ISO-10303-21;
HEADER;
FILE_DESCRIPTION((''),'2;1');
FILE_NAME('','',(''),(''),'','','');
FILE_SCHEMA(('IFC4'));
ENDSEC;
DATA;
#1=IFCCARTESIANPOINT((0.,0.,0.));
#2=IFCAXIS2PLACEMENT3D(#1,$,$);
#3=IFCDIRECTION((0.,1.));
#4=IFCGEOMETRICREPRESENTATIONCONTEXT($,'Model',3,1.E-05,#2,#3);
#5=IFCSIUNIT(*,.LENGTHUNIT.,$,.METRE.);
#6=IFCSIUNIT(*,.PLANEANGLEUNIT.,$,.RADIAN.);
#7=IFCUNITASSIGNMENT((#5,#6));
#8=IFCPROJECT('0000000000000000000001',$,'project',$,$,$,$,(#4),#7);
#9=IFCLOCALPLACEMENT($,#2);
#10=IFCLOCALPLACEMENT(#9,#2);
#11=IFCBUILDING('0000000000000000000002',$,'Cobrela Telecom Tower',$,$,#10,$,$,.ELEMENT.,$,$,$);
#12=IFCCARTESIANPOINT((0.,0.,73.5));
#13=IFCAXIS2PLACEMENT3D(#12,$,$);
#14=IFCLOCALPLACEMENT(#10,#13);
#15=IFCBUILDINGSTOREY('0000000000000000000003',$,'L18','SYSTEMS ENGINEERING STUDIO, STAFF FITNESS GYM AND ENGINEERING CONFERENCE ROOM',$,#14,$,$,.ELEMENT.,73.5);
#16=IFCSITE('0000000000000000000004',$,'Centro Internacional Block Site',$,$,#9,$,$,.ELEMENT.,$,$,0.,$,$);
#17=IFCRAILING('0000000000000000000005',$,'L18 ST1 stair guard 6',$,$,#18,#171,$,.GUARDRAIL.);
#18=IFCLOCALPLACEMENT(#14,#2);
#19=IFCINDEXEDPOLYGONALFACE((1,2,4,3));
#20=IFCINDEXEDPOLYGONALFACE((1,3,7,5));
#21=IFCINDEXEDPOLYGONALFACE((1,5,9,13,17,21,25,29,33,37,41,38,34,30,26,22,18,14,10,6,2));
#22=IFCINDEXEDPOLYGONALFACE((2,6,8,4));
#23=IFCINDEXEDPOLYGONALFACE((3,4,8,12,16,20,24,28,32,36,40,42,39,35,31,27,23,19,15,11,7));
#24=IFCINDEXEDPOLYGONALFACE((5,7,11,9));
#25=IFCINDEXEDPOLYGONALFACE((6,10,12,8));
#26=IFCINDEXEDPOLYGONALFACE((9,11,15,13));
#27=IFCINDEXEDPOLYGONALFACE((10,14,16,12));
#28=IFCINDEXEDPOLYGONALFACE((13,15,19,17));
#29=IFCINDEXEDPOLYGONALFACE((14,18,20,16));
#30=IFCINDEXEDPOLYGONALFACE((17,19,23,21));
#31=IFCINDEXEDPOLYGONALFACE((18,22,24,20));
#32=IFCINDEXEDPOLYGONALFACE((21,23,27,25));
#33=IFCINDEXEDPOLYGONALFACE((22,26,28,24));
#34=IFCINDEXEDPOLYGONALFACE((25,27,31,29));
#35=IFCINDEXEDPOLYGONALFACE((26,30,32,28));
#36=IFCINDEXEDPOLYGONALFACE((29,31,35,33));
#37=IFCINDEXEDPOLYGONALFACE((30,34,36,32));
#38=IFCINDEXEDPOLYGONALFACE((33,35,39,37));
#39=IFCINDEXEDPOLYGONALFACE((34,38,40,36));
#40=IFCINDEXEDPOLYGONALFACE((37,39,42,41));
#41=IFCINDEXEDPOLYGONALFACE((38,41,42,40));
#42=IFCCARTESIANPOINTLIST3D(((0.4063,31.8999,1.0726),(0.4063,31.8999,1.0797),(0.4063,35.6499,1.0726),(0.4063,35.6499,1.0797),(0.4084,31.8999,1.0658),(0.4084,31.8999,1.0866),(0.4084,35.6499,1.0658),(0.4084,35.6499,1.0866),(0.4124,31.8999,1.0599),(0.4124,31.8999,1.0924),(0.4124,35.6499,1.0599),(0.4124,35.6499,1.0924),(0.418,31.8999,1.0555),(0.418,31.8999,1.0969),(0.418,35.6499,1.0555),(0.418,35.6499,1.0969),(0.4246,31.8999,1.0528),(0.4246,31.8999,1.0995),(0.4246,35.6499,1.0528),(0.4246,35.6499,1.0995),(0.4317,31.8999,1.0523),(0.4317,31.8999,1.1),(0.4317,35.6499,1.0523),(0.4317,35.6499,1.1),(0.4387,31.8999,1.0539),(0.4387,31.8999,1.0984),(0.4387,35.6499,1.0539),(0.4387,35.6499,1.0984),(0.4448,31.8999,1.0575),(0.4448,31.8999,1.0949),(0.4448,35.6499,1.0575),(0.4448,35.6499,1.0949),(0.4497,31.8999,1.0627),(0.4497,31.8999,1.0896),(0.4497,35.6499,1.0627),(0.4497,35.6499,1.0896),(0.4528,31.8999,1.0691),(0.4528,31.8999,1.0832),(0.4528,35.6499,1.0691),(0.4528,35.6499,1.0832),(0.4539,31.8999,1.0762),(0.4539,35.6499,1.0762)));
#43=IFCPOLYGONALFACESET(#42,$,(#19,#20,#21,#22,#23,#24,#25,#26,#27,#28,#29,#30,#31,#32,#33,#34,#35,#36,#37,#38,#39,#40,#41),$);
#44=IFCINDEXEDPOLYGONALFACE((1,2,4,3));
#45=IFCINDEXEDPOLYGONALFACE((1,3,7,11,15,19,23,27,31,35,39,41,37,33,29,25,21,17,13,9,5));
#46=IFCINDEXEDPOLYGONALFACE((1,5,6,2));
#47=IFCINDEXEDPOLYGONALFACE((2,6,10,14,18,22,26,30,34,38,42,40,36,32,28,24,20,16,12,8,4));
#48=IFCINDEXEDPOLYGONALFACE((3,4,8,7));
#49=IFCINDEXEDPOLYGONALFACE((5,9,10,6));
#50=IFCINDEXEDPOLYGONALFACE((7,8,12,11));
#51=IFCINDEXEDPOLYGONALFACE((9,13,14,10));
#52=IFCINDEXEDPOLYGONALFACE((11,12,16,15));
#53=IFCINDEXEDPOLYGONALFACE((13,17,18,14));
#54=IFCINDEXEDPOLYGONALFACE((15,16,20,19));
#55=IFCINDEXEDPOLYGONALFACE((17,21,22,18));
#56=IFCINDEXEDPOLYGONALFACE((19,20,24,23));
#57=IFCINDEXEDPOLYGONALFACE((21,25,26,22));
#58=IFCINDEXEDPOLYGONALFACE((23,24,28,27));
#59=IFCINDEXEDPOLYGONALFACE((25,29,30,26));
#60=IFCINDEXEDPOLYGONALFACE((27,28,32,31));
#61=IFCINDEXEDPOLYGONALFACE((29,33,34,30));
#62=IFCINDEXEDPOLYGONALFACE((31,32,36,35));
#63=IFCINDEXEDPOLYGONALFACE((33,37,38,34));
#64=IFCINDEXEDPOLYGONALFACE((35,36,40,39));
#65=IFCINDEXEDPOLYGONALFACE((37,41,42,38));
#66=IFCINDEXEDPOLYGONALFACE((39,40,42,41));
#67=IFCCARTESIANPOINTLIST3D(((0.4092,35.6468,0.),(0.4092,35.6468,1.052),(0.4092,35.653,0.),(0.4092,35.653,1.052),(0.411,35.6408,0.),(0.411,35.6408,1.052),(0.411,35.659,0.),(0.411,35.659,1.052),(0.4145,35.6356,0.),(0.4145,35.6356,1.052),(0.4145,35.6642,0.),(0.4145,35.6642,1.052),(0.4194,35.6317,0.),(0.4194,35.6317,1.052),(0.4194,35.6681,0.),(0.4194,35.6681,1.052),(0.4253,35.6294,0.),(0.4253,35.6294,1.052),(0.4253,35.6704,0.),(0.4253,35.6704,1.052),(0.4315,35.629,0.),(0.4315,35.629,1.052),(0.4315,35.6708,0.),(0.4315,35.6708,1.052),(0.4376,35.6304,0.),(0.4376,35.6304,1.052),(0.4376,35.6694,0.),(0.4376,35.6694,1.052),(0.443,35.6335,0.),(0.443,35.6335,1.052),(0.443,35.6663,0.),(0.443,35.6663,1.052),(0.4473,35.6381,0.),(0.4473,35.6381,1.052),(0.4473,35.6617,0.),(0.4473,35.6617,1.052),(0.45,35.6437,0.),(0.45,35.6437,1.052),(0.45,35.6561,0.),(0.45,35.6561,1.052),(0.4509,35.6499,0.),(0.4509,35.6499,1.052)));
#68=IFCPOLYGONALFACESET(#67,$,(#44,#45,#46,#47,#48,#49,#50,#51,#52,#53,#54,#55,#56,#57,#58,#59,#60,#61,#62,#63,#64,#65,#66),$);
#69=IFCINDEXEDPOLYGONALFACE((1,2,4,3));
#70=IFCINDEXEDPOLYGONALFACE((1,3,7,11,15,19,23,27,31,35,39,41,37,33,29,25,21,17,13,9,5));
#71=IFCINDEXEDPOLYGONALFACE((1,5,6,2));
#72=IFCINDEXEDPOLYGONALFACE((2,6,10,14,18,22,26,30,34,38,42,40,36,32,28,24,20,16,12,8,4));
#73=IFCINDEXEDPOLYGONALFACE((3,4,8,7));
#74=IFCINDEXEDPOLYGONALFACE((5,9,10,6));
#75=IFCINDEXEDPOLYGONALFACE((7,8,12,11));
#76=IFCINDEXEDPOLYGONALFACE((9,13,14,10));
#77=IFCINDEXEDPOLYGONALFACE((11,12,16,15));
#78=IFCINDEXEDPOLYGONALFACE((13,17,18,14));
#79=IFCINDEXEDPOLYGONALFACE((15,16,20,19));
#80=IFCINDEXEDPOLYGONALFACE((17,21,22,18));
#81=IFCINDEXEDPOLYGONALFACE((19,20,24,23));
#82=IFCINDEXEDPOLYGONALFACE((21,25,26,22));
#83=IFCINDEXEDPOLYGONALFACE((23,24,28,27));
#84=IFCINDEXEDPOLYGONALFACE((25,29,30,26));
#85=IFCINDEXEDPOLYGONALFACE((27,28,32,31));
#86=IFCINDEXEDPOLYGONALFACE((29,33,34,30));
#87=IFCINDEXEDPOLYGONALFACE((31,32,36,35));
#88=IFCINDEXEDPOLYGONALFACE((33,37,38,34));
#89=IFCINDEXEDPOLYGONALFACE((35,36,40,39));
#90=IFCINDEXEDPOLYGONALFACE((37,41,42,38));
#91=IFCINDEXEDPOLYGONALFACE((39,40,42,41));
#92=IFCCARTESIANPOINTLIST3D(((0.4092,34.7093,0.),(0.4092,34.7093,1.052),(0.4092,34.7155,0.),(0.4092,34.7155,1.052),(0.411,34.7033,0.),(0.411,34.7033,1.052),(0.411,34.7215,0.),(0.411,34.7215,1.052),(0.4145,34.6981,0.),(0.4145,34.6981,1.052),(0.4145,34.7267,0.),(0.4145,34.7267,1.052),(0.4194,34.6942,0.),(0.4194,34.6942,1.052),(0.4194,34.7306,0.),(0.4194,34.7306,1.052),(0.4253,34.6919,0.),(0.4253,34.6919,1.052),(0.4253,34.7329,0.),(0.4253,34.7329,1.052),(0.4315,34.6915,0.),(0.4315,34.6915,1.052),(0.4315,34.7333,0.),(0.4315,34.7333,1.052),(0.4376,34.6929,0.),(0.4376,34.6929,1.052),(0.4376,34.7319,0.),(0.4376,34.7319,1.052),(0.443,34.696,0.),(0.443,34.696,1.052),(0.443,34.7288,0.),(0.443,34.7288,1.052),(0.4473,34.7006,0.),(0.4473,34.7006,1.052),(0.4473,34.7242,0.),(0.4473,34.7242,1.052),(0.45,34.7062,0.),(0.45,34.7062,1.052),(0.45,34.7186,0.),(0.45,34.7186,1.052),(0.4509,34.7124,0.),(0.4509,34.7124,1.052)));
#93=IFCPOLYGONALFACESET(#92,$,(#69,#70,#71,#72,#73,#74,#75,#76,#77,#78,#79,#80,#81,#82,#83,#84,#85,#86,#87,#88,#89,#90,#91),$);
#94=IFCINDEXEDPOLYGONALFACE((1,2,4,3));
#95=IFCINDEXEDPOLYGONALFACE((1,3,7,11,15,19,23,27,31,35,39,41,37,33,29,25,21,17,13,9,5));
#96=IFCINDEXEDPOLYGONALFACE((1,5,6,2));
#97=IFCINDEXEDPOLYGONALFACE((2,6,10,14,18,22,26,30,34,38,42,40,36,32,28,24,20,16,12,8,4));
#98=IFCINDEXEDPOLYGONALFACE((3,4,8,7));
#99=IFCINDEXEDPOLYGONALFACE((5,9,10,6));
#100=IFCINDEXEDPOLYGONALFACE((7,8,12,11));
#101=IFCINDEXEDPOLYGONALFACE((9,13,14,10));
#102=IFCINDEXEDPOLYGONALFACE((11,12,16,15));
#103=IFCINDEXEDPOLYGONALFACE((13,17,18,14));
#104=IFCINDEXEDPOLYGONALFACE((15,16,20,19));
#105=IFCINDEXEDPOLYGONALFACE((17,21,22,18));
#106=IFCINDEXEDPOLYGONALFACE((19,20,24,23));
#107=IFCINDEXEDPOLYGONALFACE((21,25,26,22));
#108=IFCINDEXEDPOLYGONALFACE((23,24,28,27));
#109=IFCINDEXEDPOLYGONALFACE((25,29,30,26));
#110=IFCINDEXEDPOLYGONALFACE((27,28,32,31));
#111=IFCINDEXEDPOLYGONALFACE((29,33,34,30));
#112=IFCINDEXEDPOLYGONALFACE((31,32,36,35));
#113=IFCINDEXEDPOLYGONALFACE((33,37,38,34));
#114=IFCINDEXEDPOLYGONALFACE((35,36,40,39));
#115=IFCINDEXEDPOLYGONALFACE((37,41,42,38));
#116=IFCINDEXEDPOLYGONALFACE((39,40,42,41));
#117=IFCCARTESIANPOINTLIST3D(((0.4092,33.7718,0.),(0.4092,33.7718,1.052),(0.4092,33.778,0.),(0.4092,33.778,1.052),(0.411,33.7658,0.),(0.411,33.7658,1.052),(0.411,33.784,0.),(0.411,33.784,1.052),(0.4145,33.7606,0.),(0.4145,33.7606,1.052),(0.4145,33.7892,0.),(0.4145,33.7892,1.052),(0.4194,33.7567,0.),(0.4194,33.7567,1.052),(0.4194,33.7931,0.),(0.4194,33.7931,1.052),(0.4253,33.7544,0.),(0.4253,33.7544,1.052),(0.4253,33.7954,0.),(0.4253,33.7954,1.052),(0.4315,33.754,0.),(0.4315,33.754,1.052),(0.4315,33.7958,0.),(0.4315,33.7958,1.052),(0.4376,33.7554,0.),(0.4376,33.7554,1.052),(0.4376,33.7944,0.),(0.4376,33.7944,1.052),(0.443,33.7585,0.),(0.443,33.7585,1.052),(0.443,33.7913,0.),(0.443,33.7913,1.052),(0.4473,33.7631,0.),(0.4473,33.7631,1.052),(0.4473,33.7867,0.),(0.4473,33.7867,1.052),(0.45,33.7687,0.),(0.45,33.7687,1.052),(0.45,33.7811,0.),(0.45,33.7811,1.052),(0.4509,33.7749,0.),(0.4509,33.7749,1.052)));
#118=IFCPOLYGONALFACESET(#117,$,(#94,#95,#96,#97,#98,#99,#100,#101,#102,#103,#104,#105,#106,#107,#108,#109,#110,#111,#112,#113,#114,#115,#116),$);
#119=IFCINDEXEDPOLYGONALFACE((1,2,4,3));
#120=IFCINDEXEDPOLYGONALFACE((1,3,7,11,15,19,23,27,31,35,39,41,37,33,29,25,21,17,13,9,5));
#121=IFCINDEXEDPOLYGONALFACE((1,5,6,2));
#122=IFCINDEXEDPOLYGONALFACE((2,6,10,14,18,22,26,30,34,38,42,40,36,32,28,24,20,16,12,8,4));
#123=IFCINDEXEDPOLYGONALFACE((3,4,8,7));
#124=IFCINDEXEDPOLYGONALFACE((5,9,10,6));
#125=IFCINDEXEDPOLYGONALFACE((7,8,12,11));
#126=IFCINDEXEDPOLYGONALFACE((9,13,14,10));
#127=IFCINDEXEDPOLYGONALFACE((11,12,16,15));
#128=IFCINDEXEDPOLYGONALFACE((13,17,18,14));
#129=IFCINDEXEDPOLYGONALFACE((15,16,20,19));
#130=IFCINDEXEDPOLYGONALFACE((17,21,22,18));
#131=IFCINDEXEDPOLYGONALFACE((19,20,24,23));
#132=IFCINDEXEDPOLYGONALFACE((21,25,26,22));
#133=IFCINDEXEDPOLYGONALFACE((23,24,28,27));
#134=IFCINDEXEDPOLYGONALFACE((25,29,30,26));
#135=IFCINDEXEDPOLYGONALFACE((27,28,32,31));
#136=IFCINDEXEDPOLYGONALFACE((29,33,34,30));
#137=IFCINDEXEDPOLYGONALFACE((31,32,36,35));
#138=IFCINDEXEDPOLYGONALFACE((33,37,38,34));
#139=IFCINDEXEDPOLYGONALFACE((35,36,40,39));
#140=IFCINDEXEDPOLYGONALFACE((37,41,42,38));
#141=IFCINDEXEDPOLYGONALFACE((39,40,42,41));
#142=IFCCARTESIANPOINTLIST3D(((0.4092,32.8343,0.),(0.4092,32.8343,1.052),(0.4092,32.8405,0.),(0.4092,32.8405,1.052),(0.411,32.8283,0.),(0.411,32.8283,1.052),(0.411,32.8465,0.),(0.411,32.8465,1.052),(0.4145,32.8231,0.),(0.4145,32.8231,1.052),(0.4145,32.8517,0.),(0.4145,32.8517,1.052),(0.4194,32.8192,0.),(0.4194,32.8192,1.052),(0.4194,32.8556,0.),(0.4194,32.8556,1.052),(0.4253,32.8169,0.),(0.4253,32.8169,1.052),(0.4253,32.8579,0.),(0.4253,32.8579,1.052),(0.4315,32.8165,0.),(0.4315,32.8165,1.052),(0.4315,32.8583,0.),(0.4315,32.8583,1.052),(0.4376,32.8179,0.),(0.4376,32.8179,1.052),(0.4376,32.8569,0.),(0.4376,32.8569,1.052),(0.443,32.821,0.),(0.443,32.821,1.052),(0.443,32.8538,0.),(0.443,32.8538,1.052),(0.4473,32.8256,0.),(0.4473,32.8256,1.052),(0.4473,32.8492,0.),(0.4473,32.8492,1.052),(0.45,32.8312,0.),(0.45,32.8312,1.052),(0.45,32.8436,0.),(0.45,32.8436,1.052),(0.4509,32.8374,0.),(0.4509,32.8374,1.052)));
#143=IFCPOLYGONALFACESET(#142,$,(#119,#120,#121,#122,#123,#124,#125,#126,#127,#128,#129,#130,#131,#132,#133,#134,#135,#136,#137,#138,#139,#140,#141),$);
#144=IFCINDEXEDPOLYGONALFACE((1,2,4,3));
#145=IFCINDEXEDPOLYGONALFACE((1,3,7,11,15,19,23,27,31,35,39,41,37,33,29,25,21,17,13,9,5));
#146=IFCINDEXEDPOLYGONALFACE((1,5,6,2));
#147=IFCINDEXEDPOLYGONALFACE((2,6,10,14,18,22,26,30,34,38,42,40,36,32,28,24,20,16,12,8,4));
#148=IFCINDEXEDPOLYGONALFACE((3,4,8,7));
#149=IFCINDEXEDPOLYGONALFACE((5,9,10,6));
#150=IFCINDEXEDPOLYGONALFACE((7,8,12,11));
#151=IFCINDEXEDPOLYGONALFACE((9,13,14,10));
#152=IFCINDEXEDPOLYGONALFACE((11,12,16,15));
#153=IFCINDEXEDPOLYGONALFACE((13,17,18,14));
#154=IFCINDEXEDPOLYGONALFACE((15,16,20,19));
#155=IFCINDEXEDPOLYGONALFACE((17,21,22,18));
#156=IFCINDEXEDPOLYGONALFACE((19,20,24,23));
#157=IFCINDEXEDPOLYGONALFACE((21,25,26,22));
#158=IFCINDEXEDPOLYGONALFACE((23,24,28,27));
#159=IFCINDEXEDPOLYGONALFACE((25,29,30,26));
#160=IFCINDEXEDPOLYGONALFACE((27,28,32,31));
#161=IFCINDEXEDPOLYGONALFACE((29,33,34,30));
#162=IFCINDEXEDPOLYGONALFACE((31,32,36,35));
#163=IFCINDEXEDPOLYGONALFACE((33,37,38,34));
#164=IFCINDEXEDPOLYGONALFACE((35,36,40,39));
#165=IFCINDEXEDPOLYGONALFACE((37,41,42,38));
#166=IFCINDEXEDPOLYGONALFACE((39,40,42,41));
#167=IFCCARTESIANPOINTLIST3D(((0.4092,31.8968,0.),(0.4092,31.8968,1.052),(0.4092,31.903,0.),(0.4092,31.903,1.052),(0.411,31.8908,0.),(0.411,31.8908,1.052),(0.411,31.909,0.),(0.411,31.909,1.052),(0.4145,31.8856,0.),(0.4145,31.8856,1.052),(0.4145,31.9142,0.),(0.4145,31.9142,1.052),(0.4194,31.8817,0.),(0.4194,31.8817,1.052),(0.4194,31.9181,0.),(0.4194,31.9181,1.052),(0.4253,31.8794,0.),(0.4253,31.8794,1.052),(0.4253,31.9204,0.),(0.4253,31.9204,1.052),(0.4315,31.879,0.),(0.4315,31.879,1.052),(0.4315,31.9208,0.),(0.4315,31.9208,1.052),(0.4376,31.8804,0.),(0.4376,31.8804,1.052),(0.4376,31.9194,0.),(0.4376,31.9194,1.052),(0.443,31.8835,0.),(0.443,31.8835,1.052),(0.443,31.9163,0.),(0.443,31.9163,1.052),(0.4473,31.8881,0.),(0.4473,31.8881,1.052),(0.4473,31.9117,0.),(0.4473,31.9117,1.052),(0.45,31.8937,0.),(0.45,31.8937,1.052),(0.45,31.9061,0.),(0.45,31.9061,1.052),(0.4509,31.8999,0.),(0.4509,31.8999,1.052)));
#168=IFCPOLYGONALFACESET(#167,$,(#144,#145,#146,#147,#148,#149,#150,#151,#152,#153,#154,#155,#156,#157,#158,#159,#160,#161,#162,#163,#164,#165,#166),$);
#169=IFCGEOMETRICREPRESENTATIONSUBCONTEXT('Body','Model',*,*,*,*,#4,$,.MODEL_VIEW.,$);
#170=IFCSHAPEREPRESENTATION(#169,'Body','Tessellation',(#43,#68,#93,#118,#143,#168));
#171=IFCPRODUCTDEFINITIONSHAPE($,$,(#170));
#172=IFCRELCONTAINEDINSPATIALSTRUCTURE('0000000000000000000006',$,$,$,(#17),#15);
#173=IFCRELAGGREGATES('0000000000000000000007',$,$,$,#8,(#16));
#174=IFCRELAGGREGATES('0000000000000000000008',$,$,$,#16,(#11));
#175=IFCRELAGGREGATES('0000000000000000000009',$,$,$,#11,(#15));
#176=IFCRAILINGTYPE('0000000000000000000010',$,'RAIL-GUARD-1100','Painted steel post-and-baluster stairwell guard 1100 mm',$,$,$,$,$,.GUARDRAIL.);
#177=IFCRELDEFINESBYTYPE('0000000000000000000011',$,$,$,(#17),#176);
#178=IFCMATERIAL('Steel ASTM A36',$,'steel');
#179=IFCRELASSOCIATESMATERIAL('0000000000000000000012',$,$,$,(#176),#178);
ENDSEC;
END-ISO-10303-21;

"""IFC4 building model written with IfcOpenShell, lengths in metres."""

from ifc_helpers import new_model, si_unit, direction, frame, origin, origin_2d, place, context, subcontext, project, spatial, circle, extrude, material, type_object, element, save


model = new_model("IFC4")

# Units and contexts
model_context = context("Model", 3, precision=1e-05, world=origin(), true_north=direction((0.0, 1.0)))
body_context = subcontext(model_context, "Body", "Model", "MODEL_VIEW")
ifc_project = project(units=[si_unit("LENGTHUNIT", "METRE"), si_unit("PLANEANGLEUNIT", "RADIAN")], contexts=[model_context])

# Site, building, storey
site_placement = place(None, origin())
site = spatial("IfcSite", under=ifc_project, at=site_placement, Name="Centro Internacional Block Site", CompositionType="ELEMENT", RefElevation=0.0)
building_placement = place(site_placement, origin())
building = spatial("IfcBuilding", under=site, at=building_placement, Name="Cobrela Telecom Tower", CompositionType="ELEMENT")
storey_placement = place(building_placement, frame((0.0, 0.0, 73.5)))
storey = spatial("IfcBuildingStorey", under=building, at=storey_placement, Name="L18", Description="SYSTEMS ENGINEERING STUDIO, STAFF FITNESS GYM AND ENGINEERING CONFERENCE ROOM", CompositionType="ELEMENT", Elevation=73.5)

# Shared definitions
ifc_material_1 = material(Name="Steel ASTM A36", Category="steel")

# Railing
railing_type_1 = type_object("IfcRailingType", Name="RAIL-GUARD-1100", Description="Painted steel post-and-baluster stairwell guard 1100 mm", PredefinedType="GUARDRAIL", material=ifc_material_1)
railing_1_placement = place(storey_placement, frame((0.4299, 35.6499, 0.0)))
element("IfcRailing", 1, at=railing_1_placement, inside=storey, type_object=railing_type_1, Name="L18 ST1 stair guard 6", PredefinedType="GUARDRAIL", context=body_context, shape_type="SweptSolid", body=[
    extrude(circle(Radius=0.0239, at=origin_2d()), frame((0.0, 0.0, 1.0762), z_axis=(0.0, -1.0, 0.0), x_axis=(1.0, 0.0, 0.0)), (0.0, 0.0, 1.0), 3.75),
    extrude(circle(Radius=0.021, at=origin_2d()), origin(), (0.0, 0.0, 1.0), 1.052),
    extrude(circle(Radius=0.021, at=origin_2d()), frame((0.0, -0.9375, 0.0)), (0.0, 0.0, 1.0), 1.052),
    extrude(circle(Radius=0.021, at=origin_2d()), frame((0.0, -1.875, 0.0)), (0.0, 0.0, 1.0), 1.052),
    extrude(circle(Radius=0.021, at=origin_2d()), frame((0.0, -2.8125, 0.0)), (0.0, 0.0, 1.0), 1.052),
    extrude(circle(Radius=0.021, at=origin_2d()), frame((0.0, -3.75, 0.0)), (0.0, 0.0, 1.0), 1.052),
])

save(model, "model.ifc")
